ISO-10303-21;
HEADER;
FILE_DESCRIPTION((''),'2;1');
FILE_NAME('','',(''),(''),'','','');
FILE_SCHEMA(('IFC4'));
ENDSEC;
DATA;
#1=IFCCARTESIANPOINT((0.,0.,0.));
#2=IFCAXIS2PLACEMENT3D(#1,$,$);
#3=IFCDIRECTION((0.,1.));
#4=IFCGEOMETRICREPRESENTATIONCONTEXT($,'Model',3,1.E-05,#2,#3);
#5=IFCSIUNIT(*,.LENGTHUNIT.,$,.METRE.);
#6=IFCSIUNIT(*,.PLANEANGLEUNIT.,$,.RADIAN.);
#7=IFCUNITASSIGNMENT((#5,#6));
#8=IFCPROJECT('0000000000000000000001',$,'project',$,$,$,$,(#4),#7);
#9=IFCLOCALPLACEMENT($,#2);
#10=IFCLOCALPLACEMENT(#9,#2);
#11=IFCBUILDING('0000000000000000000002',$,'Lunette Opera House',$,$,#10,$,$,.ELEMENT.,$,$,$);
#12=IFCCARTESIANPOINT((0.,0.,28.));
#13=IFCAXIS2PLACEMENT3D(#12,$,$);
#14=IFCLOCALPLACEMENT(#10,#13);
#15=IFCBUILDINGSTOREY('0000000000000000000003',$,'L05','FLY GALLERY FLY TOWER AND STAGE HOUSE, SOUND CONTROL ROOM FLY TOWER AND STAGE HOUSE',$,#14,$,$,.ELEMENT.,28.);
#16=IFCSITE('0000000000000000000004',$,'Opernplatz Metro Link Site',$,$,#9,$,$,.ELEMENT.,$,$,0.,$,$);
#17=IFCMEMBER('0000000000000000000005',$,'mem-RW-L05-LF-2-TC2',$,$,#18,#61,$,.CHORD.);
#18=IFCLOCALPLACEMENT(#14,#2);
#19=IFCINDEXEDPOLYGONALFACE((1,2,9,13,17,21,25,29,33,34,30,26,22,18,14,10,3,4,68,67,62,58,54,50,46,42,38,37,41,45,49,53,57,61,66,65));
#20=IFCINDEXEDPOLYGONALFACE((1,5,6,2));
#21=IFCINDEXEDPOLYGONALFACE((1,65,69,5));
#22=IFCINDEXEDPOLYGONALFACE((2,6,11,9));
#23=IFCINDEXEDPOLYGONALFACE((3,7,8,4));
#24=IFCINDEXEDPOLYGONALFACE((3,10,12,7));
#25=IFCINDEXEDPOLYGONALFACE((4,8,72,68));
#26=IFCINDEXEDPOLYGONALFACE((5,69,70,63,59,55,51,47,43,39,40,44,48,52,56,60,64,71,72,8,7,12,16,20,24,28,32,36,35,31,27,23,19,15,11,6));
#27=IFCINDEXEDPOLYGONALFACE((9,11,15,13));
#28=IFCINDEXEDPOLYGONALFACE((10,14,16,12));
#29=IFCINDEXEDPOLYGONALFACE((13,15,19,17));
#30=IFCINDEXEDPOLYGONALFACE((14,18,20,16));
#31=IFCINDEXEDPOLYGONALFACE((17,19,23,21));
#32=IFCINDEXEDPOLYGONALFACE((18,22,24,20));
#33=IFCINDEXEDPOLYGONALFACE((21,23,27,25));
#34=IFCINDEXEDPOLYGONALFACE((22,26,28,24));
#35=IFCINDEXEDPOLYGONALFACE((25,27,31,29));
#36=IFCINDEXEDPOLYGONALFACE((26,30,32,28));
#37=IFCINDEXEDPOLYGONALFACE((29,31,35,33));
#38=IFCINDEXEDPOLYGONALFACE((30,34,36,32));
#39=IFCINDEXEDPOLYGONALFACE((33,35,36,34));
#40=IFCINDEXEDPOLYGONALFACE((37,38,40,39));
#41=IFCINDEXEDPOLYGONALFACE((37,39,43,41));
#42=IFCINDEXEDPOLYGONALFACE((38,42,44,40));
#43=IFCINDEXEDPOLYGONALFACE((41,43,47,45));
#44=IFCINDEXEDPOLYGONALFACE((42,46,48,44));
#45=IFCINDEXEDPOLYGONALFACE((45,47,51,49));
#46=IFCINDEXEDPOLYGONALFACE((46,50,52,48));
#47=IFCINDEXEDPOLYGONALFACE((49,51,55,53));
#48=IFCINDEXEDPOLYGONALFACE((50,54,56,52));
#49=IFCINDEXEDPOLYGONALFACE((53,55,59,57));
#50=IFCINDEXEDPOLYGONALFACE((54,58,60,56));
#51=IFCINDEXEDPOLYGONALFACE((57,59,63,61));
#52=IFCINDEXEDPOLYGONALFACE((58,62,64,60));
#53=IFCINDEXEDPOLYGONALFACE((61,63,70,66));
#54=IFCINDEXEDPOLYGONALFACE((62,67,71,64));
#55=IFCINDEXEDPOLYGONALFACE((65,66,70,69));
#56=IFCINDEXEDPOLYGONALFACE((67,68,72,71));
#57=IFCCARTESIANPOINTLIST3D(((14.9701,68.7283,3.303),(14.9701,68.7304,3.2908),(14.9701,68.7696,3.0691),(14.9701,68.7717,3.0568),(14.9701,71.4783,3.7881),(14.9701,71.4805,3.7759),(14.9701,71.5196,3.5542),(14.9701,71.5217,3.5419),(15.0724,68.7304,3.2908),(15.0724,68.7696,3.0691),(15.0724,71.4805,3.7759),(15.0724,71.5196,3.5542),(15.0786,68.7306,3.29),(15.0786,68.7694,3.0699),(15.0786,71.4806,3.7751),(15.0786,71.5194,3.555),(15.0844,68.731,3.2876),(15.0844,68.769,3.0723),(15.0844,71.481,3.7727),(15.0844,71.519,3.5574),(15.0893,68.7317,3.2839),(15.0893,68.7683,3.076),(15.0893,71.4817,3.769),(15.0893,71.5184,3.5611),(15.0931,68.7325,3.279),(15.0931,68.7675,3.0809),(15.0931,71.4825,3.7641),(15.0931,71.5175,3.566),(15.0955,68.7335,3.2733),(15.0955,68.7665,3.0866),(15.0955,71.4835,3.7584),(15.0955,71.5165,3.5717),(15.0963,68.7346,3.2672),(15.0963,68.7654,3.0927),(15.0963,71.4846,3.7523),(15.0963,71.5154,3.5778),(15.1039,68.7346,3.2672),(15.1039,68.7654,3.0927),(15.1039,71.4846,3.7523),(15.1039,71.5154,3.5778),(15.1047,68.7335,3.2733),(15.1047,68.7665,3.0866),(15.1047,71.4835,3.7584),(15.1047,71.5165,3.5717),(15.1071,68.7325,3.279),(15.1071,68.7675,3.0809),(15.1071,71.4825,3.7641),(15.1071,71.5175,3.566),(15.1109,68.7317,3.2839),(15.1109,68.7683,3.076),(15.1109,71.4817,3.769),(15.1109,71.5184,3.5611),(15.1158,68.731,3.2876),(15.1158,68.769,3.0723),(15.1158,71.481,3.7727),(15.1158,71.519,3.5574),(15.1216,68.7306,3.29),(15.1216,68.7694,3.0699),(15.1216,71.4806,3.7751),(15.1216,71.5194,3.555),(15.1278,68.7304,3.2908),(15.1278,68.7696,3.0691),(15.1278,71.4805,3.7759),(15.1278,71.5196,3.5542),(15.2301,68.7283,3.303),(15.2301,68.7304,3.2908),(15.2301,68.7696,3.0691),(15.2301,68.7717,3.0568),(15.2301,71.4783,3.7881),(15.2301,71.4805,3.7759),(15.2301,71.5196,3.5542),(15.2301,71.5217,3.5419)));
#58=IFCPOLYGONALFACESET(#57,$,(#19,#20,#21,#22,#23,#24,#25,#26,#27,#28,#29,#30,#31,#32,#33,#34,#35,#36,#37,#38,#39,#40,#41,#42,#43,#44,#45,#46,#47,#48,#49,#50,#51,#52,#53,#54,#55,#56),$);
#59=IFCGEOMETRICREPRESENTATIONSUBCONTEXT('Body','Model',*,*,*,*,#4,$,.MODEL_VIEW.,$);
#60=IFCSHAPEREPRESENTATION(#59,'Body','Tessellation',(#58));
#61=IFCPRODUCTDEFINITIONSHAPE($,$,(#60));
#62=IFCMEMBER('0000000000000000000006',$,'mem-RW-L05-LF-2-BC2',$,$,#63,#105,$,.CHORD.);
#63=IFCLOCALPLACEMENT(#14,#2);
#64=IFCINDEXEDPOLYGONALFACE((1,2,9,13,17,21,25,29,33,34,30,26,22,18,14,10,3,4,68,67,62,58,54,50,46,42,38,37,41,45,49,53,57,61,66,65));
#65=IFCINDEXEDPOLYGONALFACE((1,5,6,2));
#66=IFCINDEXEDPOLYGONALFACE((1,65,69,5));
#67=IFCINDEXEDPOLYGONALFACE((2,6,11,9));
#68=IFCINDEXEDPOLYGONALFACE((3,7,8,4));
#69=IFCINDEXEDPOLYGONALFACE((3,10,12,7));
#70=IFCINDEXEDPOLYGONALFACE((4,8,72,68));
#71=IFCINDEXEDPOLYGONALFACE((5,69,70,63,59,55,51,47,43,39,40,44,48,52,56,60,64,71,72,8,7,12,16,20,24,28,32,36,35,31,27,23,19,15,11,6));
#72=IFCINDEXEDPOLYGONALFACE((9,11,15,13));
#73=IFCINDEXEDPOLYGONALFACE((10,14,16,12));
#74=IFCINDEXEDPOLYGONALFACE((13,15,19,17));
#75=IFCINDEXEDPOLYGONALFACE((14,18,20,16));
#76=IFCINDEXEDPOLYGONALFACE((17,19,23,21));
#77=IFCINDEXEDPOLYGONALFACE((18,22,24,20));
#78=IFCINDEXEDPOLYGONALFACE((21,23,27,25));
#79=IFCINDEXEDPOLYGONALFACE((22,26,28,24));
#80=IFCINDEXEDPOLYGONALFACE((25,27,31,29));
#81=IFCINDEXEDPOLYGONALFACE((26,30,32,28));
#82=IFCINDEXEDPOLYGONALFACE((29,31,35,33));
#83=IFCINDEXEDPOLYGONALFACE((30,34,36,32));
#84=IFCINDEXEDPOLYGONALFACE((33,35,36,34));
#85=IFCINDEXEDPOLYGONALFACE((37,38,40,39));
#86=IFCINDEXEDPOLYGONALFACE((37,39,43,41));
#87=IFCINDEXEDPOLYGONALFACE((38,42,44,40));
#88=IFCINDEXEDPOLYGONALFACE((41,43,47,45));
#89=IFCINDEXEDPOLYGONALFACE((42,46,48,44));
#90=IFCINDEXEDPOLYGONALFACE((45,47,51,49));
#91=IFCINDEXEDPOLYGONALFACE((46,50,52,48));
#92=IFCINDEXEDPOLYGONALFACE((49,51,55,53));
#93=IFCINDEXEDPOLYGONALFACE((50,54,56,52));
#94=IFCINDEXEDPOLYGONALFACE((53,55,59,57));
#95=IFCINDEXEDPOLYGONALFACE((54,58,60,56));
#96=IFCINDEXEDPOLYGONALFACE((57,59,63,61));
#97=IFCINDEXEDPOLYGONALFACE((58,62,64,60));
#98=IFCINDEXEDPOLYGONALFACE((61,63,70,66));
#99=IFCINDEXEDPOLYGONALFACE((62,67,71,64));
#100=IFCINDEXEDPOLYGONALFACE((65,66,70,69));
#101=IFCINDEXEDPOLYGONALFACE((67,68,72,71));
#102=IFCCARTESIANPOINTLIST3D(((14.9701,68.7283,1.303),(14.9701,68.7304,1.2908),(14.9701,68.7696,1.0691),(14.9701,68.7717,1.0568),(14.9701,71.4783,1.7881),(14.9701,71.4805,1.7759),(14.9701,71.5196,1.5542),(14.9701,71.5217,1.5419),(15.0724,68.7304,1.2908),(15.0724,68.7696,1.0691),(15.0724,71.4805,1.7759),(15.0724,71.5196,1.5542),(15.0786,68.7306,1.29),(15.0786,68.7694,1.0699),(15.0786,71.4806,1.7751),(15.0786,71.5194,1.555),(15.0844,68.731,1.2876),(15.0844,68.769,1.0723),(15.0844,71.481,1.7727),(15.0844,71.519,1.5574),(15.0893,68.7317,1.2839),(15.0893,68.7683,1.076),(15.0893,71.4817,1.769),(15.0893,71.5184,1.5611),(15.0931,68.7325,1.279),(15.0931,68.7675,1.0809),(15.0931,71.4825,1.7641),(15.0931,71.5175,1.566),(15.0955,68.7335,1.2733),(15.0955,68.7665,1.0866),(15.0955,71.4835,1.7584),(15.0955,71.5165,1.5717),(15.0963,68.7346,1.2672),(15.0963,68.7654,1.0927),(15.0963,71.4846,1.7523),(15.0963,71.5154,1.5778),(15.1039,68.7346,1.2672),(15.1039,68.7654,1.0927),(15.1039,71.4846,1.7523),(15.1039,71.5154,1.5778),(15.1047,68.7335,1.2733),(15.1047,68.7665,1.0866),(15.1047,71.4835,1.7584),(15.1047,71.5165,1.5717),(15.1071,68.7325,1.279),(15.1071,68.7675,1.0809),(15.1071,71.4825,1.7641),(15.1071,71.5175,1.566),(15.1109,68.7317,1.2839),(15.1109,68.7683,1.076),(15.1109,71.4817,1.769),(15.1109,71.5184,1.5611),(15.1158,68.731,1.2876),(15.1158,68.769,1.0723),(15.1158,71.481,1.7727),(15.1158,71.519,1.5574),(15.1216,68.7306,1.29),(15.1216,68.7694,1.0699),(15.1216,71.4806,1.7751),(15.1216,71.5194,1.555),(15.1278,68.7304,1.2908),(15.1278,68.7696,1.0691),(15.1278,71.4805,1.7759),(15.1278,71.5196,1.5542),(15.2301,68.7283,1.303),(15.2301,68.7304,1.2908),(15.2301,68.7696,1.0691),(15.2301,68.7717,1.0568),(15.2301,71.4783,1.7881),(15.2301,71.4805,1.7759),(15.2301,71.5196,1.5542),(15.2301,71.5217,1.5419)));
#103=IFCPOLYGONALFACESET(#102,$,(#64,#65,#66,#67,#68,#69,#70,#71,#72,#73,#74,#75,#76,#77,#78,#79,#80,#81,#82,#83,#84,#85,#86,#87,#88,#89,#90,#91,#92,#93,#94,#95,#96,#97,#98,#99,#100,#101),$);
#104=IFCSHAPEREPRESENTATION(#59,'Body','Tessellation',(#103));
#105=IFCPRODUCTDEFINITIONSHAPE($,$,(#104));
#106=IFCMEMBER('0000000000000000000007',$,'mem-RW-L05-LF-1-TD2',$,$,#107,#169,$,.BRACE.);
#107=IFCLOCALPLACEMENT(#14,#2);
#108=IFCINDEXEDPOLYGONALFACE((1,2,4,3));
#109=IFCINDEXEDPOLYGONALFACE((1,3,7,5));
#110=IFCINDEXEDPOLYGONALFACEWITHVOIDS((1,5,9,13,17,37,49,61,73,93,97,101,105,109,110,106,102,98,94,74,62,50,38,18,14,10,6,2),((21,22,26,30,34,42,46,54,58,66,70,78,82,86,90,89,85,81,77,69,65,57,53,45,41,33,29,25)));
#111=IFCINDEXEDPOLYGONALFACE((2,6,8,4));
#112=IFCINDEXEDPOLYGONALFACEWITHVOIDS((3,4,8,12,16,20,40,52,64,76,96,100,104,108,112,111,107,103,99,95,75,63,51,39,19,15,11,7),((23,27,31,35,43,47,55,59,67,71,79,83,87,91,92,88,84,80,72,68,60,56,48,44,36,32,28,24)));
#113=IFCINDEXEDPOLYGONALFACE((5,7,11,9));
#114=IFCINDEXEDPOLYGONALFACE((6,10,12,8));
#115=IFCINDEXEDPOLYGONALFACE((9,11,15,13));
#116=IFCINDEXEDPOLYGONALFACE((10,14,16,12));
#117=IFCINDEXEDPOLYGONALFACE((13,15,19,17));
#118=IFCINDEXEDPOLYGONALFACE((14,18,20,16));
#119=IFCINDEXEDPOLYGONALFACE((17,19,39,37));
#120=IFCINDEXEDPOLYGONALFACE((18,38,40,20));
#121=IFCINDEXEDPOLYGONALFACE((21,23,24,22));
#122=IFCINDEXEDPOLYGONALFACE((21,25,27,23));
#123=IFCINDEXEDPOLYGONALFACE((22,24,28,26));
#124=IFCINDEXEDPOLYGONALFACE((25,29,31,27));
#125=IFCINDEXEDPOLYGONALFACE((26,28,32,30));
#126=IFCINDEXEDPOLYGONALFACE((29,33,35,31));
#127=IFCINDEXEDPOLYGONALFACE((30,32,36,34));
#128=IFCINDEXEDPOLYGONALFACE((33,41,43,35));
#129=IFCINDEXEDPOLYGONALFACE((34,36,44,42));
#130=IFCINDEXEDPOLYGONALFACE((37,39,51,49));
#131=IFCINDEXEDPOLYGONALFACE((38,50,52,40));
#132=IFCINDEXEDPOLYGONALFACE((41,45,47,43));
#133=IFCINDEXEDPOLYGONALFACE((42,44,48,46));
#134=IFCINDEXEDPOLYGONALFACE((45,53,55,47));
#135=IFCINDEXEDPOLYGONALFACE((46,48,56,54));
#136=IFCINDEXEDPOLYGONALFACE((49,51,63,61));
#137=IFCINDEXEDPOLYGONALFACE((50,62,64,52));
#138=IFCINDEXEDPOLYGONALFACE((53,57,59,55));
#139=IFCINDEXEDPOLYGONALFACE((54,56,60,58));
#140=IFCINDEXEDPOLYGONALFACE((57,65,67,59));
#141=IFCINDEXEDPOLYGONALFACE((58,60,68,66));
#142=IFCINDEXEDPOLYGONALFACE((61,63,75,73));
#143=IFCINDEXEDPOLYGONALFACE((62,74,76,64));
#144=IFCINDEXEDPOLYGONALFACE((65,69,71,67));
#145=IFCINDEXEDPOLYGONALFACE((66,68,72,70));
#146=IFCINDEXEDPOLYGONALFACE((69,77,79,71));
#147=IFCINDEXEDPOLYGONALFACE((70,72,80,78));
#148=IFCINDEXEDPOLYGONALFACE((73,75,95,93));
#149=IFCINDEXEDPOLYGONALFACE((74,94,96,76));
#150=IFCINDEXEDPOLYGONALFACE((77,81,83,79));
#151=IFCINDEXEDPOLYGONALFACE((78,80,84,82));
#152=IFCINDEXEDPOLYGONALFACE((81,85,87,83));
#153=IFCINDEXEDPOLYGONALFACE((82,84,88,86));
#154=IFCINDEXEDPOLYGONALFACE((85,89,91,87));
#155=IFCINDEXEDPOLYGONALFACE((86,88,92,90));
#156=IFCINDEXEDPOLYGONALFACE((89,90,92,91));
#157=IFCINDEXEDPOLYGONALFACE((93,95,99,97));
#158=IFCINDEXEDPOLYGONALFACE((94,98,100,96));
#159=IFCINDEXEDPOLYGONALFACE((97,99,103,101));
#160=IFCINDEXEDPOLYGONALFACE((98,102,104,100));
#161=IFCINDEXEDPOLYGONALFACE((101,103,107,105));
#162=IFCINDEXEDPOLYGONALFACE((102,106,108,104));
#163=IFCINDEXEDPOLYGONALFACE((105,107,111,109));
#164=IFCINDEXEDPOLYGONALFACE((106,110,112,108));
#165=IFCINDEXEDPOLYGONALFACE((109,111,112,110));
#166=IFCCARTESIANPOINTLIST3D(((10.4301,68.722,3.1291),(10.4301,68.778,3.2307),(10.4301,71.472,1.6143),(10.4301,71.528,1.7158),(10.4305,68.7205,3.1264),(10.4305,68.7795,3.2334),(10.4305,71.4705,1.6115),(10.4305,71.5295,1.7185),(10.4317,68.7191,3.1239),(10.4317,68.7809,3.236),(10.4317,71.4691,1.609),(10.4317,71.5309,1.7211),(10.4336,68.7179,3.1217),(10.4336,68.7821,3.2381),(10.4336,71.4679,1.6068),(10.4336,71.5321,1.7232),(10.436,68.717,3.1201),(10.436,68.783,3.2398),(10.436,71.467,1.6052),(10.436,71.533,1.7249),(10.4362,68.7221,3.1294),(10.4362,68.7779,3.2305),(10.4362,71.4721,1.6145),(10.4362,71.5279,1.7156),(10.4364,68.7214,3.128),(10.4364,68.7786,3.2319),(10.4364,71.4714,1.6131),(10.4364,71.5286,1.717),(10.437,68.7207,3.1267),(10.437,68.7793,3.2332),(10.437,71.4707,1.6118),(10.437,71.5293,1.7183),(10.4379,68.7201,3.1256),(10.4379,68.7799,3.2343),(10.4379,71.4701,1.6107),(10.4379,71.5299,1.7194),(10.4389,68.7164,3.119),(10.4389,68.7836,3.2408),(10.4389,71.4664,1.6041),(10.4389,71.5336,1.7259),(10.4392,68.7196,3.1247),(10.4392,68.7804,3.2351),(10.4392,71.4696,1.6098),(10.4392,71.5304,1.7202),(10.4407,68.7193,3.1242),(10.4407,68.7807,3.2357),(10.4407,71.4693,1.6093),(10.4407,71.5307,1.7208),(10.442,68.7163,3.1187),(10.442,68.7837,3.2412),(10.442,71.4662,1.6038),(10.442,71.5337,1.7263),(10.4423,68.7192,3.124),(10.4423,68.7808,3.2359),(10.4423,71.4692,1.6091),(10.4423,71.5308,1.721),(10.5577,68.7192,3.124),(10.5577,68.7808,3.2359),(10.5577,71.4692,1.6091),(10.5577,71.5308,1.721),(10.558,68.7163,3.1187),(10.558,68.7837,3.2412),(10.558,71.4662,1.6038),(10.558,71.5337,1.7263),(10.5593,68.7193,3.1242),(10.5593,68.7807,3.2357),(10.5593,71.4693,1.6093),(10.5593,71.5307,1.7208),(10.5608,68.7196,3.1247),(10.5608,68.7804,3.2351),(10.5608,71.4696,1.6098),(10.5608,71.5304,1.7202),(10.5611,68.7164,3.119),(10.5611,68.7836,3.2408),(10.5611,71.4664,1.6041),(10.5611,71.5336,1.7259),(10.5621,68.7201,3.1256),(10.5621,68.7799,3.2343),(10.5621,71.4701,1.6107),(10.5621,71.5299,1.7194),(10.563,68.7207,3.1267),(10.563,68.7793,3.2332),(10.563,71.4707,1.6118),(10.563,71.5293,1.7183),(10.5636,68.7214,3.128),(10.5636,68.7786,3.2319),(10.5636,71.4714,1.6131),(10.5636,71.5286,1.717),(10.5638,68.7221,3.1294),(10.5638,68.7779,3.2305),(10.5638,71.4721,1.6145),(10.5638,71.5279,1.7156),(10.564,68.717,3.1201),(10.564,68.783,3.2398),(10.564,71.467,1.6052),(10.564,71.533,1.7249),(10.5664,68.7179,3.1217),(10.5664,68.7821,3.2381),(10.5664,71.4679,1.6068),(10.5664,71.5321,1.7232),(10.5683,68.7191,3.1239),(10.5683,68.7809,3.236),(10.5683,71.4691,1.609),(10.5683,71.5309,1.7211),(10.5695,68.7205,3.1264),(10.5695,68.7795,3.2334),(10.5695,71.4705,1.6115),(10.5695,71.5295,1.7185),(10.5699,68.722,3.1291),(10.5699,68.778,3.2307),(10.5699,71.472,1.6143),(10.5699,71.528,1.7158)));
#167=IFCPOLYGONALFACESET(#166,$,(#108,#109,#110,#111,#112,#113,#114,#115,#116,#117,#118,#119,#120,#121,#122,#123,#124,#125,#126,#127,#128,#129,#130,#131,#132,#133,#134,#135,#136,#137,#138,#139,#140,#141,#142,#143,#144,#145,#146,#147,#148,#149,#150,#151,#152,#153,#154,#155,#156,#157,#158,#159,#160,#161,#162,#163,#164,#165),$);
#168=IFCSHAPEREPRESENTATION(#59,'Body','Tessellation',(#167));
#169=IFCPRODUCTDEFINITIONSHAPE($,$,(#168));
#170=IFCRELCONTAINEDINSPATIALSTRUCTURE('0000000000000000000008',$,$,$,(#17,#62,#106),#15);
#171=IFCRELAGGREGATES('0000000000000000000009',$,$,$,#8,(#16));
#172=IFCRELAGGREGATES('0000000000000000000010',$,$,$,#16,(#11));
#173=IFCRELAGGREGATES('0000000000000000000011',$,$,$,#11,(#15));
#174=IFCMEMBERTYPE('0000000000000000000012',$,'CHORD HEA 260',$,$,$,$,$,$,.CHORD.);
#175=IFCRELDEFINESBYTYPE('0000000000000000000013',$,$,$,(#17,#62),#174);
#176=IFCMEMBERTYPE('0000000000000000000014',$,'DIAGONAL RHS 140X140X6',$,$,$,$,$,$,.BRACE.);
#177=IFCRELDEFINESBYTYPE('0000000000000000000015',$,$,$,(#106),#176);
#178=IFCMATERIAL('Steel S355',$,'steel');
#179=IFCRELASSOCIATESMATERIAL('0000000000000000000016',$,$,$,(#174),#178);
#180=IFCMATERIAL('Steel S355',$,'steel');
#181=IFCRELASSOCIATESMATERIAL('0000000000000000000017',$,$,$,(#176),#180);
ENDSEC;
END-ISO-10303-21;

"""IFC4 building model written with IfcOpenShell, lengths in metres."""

from ifc_helpers import new_model, si_unit, direction, frame, origin, origin_2d, place, context, subcontext, project, spatial, hollow_rectangle, i_section, extrude, material, material_profile, profile_set, type_object, element, save


model = new_model("IFC4")

# Units and contexts
model_context = context("Model", 3, precision=1e-05, world=origin(), true_north=direction((0.0, 1.0)))
body_context = subcontext(model_context, "Body", "Model", "MODEL_VIEW")
ifc_project = project(units=[si_unit("LENGTHUNIT", "METRE"), si_unit("PLANEANGLEUNIT", "RADIAN")], contexts=[model_context])

# Site, building, storey
site_placement = place(None, origin())
site = spatial("IfcSite", under=ifc_project, at=site_placement, Name="Opernplatz Metro Link Site", CompositionType="ELEMENT", RefElevation=0.0)
building_placement = place(site_placement, origin())
building = spatial("IfcBuilding", under=site, at=building_placement, Name="Lunette Opera House", CompositionType="ELEMENT")
storey_placement = place(building_placement, frame((0.0, 0.0, 28.0)))
storey = spatial("IfcBuildingStorey", under=building, at=storey_placement, Name="L05", Description="FLY GALLERY FLY TOWER AND STAGE HOUSE, SOUND CONTROL ROOM FLY TOWER AND STAGE HOUSE", CompositionType="ELEMENT", Elevation=28.0)

# Members
ifc_material_1 = material(Name="Steel S355", Category="steel")
ifc_material_profile_1 = material_profile(ifc_material_1, i_section(OverallWidth=0.26, OverallDepth=0.25, WebThickness=0.0076, FlangeThickness=0.0125, FilletRadius=0.0239, at=origin_2d()), Name="HEA 260")
ifc_profile_set_1 = profile_set([ifc_material_profile_1], Name="Steel S355")
member_type_1 = type_object("IfcMemberType", Name="CHORD HEA 260", PredefinedType="CHORD", material=ifc_profile_set_1)
for number, where, z_axis, x_axis, name in (
    (1, (15.1001, 68.75, 3.1799), (0.0, 0.984795, 0.17372), (-1.0, 0.0, 0.0), "mem-RW-L05-LF-2-TC2"),
    (2, (15.1001, 68.75, 1.1799), (0.0, 0.984795, 0.17372), (-1.0, 0.0, 0.0), "mem-RW-L05-LF-2-BC2"),
):
    element("IfcMember", number, at=place(storey_placement, frame(where, z_axis=z_axis, x_axis=x_axis)), inside=storey, type_object=member_type_1, Name=name, PredefinedType="CHORD", context=body_context, shape_type="SweptSolid", body=[
        extrude(i_section(OverallWidth=0.26, OverallDepth=0.25, WebThickness=0.0076, FlangeThickness=0.0125, FilletRadius=0.0239, at=origin_2d()), origin(), (0.0, 0.0, 1.0), 2.7925),
    ])
ifc_material_2 = material(Name="Steel S355", Category="steel")
ifc_material_profile_2 = material_profile(ifc_material_2, hollow_rectangle(XDim=0.1399, YDim=0.1399, WallThickness=0.0061, InnerFilletRadius=0.0061, OuterFilletRadius=0.012, at=origin_2d()), Name="RHS 140X140X6")
ifc_profile_set_2 = profile_set([ifc_material_profile_2], Name="Steel S355")
member_type_2 = type_object("IfcMemberType", Name="DIAGONAL RHS 140X140X6", PredefinedType="BRACE", material=ifc_profile_set_2)
member_1_placement = place(storey_placement, frame((10.5, 68.75, 3.1799), z_axis=(0.0, 0.875894, -0.482504), x_axis=(-1.0, 0.0, 0.0)))
element("IfcMember", 3, at=member_1_placement, inside=storey, type_object=member_type_2, Name="mem-RW-L05-LF-1-TD2", PredefinedType="BRACE", context=body_context, shape_type="SweptSolid", body=[
    extrude(hollow_rectangle(XDim=0.1399, YDim=0.1399, WallThickness=0.0061, InnerFilletRadius=0.0061, OuterFilletRadius=0.012, at=origin_2d()), origin(), (0.0, 0.0, 1.0), 3.1396),
])

save(model, "model.ifc")
